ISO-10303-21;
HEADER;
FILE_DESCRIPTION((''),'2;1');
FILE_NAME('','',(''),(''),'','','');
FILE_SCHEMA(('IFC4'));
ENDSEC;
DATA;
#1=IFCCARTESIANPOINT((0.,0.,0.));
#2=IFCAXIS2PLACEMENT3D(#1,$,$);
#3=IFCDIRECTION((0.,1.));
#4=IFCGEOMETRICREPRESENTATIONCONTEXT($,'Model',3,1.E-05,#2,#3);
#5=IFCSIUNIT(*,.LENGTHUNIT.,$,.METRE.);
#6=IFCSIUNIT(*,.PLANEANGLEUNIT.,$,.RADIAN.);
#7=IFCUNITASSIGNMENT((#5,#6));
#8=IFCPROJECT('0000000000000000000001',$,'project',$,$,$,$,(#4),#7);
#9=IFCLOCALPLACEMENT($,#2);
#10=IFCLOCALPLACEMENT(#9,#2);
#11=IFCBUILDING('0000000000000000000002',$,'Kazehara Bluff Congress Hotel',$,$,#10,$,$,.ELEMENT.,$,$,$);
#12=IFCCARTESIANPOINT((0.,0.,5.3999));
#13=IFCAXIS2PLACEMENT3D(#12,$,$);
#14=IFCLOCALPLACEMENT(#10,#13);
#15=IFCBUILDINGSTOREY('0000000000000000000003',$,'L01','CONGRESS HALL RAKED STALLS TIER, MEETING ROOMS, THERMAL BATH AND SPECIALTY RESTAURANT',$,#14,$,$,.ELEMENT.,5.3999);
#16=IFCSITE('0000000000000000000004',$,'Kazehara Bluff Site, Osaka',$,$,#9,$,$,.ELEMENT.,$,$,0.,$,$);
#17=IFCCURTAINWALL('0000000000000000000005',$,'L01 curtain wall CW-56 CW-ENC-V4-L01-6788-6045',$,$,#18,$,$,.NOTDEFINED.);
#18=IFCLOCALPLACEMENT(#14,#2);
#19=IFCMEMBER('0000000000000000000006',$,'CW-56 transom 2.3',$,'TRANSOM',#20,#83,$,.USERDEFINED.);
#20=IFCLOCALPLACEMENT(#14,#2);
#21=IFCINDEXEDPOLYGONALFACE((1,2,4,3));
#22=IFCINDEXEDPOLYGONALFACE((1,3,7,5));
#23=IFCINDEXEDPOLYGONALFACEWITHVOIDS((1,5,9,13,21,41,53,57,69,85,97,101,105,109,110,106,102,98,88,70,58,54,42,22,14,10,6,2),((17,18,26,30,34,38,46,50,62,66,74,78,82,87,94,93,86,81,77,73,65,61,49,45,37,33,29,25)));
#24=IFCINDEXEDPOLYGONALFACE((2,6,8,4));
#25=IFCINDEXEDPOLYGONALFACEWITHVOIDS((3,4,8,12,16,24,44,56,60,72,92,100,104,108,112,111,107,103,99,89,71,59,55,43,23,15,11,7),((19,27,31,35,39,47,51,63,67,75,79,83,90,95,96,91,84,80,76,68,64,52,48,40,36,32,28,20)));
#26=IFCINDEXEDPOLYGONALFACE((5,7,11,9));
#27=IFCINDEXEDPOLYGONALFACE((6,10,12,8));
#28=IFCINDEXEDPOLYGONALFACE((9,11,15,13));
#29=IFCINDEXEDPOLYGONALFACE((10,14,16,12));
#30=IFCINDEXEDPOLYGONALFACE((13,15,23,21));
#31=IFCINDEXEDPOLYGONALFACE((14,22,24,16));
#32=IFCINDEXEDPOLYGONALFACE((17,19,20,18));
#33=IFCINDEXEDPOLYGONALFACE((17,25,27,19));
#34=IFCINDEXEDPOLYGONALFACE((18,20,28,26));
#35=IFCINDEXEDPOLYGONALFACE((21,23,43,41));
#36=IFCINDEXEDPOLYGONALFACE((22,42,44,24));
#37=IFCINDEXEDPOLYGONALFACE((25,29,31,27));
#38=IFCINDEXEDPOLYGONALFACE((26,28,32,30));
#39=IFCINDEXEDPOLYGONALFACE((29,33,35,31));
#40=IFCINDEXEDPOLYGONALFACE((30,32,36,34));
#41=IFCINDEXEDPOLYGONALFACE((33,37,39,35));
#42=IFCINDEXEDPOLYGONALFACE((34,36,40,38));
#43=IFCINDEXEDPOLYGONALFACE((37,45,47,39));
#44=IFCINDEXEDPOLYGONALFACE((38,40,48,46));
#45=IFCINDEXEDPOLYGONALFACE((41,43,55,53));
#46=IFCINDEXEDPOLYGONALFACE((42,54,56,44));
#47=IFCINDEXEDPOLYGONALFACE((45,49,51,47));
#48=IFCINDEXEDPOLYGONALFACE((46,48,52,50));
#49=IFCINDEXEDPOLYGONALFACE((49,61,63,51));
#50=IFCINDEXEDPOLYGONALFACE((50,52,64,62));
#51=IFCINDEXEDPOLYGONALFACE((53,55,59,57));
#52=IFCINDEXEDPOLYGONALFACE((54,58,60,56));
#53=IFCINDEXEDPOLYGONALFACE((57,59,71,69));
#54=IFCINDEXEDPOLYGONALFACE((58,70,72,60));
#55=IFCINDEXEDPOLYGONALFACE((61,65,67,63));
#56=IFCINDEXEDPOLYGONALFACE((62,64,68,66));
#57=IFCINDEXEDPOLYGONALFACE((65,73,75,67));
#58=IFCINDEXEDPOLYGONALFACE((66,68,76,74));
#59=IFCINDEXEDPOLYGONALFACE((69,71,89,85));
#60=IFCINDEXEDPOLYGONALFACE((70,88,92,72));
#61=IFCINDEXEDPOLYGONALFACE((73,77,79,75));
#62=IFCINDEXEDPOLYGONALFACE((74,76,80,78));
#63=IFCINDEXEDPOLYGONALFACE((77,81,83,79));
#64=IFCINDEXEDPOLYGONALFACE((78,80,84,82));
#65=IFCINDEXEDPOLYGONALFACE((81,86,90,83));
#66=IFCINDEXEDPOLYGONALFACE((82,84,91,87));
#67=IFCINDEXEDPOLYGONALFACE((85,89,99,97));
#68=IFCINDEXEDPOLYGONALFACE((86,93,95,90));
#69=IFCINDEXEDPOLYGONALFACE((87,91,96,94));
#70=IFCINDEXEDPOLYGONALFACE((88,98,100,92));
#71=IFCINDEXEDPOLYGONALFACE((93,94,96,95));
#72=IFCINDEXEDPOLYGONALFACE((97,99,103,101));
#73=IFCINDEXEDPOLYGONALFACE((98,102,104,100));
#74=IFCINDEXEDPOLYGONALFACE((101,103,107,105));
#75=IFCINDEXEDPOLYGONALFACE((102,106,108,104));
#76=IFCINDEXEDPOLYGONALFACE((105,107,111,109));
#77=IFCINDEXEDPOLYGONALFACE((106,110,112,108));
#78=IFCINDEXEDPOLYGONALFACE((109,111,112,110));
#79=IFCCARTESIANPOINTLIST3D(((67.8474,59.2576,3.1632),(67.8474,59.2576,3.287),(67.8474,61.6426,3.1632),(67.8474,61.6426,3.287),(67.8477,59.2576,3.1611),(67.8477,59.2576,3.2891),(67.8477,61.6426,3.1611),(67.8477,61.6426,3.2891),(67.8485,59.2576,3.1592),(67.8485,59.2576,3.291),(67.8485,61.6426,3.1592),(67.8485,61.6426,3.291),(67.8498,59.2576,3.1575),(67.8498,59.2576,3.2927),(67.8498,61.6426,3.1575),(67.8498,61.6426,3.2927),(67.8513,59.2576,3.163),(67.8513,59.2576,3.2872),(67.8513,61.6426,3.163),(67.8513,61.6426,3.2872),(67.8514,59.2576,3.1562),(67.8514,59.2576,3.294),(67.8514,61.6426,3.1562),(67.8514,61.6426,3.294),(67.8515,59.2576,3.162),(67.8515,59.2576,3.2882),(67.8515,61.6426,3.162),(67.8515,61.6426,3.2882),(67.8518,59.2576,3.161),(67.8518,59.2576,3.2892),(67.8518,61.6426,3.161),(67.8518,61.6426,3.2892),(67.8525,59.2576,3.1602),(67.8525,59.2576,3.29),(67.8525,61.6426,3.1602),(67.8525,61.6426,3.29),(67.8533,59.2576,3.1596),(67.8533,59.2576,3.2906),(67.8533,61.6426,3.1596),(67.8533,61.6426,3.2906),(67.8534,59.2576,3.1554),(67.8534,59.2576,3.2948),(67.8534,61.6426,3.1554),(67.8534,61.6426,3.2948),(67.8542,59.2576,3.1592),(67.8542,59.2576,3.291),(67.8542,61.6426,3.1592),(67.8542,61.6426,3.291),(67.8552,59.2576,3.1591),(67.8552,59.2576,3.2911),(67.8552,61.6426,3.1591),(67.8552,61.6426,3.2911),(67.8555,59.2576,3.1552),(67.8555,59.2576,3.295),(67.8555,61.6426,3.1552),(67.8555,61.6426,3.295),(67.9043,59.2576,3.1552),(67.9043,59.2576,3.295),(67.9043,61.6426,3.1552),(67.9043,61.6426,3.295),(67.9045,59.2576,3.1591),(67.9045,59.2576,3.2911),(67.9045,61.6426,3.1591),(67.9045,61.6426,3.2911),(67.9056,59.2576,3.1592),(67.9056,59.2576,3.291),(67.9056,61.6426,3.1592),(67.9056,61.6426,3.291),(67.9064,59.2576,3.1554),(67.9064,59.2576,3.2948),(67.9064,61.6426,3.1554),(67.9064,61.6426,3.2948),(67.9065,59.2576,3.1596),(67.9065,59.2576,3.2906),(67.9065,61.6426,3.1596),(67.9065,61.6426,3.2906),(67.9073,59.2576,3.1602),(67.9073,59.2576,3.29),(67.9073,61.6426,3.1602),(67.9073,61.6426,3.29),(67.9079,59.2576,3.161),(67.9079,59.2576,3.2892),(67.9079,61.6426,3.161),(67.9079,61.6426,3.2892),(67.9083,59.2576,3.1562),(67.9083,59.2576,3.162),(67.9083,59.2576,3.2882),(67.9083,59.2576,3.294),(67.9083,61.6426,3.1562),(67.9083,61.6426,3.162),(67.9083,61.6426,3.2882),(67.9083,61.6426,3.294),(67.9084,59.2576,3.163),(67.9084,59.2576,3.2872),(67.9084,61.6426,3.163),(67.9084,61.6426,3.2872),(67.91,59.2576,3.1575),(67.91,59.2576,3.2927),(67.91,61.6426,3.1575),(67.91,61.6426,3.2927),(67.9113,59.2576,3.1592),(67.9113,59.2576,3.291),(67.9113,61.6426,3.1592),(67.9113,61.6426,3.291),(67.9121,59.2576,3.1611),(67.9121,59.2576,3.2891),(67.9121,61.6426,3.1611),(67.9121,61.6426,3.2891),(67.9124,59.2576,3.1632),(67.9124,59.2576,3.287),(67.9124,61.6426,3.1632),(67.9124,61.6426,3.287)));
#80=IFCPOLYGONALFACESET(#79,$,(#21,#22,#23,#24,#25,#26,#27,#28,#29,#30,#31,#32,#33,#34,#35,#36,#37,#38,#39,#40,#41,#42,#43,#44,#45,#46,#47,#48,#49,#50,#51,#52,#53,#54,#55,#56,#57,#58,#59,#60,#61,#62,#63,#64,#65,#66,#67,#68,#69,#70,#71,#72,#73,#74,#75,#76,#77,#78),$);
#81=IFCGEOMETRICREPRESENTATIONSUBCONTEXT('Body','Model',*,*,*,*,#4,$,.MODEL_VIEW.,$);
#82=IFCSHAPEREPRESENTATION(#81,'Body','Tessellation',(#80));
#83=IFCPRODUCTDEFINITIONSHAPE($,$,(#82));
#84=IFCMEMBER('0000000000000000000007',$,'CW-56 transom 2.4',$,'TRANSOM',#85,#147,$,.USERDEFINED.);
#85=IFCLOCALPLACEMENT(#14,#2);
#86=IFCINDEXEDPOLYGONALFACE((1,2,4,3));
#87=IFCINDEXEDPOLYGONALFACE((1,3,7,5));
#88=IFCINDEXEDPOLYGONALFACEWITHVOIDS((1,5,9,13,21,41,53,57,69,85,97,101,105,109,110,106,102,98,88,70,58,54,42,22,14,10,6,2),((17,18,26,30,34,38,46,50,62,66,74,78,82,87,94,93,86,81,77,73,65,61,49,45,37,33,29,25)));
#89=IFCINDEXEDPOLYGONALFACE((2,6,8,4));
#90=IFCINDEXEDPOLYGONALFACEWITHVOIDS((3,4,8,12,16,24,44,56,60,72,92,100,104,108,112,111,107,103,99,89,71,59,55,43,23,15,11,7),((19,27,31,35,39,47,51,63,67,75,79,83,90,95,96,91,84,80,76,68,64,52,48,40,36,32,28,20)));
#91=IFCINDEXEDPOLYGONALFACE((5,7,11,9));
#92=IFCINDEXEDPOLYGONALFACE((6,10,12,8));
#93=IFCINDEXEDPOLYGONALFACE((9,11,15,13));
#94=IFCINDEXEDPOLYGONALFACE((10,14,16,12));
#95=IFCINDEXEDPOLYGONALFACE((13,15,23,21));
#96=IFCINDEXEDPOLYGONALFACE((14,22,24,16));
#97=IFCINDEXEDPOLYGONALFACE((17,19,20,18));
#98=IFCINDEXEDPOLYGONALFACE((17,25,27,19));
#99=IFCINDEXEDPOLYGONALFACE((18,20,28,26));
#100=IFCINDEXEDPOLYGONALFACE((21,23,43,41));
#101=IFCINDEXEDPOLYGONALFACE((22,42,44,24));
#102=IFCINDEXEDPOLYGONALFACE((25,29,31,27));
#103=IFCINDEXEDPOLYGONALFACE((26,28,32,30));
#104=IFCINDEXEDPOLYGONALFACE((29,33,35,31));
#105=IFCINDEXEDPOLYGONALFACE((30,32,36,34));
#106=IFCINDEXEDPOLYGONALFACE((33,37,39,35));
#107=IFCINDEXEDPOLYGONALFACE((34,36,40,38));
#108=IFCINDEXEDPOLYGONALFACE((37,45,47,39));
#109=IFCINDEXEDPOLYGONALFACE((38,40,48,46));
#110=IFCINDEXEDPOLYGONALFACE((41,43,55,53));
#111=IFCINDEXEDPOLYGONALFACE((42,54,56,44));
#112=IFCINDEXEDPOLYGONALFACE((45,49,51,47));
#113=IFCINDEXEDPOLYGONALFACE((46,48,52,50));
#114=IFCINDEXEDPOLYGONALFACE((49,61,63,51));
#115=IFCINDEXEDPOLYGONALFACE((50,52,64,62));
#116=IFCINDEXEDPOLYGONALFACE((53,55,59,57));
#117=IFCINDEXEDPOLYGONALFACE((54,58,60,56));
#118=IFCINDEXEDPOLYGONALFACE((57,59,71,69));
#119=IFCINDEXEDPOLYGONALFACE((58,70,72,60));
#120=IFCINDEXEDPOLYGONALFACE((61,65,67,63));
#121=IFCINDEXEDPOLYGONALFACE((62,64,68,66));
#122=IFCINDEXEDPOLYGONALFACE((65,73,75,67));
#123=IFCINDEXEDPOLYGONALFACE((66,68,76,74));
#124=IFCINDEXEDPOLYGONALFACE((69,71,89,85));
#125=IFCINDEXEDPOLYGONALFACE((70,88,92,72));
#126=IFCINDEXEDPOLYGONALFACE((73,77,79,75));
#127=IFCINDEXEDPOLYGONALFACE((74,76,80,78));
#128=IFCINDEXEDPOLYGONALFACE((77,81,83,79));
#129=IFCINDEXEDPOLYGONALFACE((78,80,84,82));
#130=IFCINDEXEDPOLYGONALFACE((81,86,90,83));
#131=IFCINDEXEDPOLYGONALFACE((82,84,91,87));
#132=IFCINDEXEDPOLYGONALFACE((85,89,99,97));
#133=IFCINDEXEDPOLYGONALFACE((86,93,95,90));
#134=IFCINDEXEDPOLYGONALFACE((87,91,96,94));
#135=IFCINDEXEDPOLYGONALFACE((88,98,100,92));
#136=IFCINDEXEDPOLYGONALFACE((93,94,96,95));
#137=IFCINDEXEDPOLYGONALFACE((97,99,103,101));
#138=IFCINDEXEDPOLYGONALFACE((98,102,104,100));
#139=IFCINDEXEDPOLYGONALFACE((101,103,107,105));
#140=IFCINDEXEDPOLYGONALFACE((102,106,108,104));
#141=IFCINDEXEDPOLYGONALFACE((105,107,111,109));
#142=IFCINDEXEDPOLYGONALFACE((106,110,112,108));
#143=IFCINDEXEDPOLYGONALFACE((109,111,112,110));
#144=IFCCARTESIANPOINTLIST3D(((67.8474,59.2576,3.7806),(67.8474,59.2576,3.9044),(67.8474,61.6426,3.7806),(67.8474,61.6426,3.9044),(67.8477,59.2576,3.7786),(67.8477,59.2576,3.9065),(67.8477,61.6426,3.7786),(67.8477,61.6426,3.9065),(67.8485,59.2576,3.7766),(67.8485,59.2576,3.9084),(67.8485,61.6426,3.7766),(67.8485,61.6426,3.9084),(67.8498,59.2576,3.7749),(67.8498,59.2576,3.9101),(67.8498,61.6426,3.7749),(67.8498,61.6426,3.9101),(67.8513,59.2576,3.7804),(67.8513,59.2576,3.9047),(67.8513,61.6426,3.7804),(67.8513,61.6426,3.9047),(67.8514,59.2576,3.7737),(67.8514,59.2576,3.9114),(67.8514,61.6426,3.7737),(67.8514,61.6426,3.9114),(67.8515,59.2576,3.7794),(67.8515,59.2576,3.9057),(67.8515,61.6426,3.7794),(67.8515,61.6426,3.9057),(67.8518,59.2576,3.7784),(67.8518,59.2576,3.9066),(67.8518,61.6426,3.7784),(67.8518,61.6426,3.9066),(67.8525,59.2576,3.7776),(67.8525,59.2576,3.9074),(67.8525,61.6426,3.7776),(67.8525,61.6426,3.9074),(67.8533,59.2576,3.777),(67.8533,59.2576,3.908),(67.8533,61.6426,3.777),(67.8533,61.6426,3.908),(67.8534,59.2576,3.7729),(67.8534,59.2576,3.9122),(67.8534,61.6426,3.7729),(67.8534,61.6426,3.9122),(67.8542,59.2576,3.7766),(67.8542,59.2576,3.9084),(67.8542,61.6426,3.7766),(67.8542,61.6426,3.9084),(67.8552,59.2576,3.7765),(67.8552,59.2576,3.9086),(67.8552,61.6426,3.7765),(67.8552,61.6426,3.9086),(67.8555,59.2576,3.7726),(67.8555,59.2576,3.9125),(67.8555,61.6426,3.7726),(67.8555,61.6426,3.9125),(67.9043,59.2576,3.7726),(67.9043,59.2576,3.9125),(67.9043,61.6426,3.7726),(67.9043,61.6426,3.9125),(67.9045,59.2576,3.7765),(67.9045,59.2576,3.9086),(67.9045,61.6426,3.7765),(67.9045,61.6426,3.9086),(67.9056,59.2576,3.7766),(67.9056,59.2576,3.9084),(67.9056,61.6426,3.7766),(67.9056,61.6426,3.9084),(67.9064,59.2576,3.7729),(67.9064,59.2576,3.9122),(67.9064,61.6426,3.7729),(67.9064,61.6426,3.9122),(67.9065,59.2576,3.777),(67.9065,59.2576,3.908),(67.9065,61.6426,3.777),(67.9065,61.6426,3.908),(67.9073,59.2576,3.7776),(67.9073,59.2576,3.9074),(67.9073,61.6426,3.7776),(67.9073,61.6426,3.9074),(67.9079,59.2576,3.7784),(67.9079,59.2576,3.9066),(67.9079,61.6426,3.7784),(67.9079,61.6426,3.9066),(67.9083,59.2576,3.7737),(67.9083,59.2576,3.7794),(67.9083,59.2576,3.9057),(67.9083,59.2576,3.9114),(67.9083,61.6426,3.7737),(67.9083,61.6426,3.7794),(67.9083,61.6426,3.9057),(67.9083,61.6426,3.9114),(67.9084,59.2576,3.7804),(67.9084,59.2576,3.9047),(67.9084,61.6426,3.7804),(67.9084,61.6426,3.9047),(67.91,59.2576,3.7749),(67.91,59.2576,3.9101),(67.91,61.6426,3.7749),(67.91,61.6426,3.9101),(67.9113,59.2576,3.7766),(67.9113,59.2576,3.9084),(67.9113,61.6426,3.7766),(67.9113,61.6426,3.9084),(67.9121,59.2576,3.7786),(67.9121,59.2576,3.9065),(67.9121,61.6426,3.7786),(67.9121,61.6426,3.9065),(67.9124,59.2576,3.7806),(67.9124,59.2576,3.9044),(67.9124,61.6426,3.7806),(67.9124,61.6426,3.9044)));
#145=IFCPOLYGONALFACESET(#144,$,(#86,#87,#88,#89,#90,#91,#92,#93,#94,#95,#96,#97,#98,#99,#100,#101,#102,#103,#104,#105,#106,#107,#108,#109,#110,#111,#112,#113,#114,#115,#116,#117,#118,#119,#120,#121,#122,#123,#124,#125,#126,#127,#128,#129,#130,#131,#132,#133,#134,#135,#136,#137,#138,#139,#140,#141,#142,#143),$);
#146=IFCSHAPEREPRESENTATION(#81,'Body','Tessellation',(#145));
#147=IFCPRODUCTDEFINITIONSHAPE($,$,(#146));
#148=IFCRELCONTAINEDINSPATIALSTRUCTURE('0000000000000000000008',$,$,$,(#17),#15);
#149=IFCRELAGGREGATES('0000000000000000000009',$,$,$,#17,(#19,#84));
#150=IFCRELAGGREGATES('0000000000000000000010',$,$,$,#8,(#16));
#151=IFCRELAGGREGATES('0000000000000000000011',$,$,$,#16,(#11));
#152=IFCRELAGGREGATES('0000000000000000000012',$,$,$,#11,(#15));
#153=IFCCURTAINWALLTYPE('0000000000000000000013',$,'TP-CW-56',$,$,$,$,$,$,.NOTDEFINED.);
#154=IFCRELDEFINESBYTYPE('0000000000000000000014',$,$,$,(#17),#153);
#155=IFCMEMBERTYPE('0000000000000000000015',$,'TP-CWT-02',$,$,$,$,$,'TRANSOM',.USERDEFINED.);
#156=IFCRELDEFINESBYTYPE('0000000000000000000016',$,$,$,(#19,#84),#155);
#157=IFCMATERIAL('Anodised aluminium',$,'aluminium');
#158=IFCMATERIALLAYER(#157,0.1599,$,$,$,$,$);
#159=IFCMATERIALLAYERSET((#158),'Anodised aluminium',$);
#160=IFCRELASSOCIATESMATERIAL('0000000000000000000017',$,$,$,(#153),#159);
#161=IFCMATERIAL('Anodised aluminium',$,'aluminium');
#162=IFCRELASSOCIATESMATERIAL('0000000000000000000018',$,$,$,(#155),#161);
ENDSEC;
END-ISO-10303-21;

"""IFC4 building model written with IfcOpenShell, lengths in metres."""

from ifc_helpers import new_model, si_unit, direction, frame, origin, origin_2d, place, context, subcontext, project, spatial, hollow_rectangle, extrude, material, layer, layer_set, material_profile, profile_set, type_object, element, aggregate, save


model = new_model("IFC4")

# Units and contexts
model_context = context("Model", 3, precision=1e-05, world=origin(), true_north=direction((0.0, 1.0)))
body_context = subcontext(model_context, "Body", "Model", "MODEL_VIEW")
ifc_project = project(units=[si_unit("LENGTHUNIT", "METRE"), si_unit("PLANEANGLEUNIT", "RADIAN")], contexts=[model_context])

# Site, building, storey
site_placement = place(None, origin())
site = spatial("IfcSite", under=ifc_project, at=site_placement, Name="Kazehara Bluff Site, Osaka", CompositionType="ELEMENT", RefElevation=0.0)
building_placement = place(site_placement, origin())
building = spatial("IfcBuilding", under=site, at=building_placement, Name="Kazehara Bluff Congress Hotel", CompositionType="ELEMENT")
storey_placement = place(building_placement, frame((0.0, 0.0, 5.3999)))
storey = spatial("IfcBuildingStorey", under=building, at=storey_placement, Name="L01", Description="CONGRESS HALL RAKED STALLS TIER, MEETING ROOMS, THERMAL BATH AND SPECIALTY RESTAURANT", CompositionType="ELEMENT", Elevation=5.3999)

# Curtain wall
ifc_material_1 = material(Name="Anodised aluminium", Category="aluminium")
ifc_layer_1 = layer(ifc_material_1, 0.1599)
ifc_layer_set_1 = layer_set([ifc_layer_1], Name="Anodised aluminium")
curtain_wall_type_1 = type_object("IfcCurtainWallType", Name="TP-CW-56", PredefinedType="NOTDEFINED", material=ifc_layer_set_1)
curtain_wall_1_placement = place(storey_placement, origin())
curtain_wall_1 = element("IfcCurtainWall", 1, at=curtain_wall_1_placement, inside=storey, type_object=curtain_wall_type_1, Name="L01 curtain wall CW-56 CW-ENC-V4-L01-6788-6045", PredefinedType="NOTDEFINED")

# Members
ifc_material_2 = material(Name="Anodised aluminium", Category="aluminium")
ifc_material_profile_1 = material_profile(ifc_material_2, hollow_rectangle(XDim=0.0649, YDim=0.1399, WallThickness=0.0039, InnerFilletRadius=0.0039, OuterFilletRadius=0.0081, at=origin_2d()))
ifc_profile_set_1 = profile_set([ifc_material_profile_1], Name="Anodised aluminium")
member_type_1 = type_object("IfcMemberType", Name="TP-CWT-02", ElementType="TRANSOM", PredefinedType="USERDEFINED", material=ifc_profile_set_1)
member_1_placement = place(storey_placement, frame((67.8799, 61.6426, 3.2251), z_axis=(0.0, -1.0, 0.0), x_axis=(1.0, 0.0, 0.0)))
member_1 = element("IfcMember", 2, at=member_1_placement, type_object=member_type_1, Name="CW-56 transom 2.3", ObjectType="TRANSOM", PredefinedType="USERDEFINED", context=body_context, shape_type="SweptSolid", body=[
    extrude(hollow_rectangle(XDim=0.0649, YDim=0.1399, WallThickness=0.0039, InnerFilletRadius=0.0039, OuterFilletRadius=0.0081, at=origin_2d()), origin(), (0.0, 0.0, 1.0), 2.385),
])
member_2_placement = place(storey_placement, frame((67.8799, 61.6426, 3.8425), z_axis=(0.0, -1.0, 0.0), x_axis=(1.0, 0.0, 0.0)))
member_2 = element("IfcMember", 3, at=member_2_placement, type_object=member_type_1, Name="CW-56 transom 2.4", ObjectType="TRANSOM", PredefinedType="USERDEFINED", context=body_context, shape_type="SweptSolid", body=[
    extrude(hollow_rectangle(XDim=0.0649, YDim=0.1399, WallThickness=0.0039, InnerFilletRadius=0.0039, OuterFilletRadius=0.0081, at=origin_2d()), origin(), (0.0, 0.0, 1.0), 2.385),
])

aggregate(curtain_wall_1, [member_1, member_2])

save(model, "model.ifc")
